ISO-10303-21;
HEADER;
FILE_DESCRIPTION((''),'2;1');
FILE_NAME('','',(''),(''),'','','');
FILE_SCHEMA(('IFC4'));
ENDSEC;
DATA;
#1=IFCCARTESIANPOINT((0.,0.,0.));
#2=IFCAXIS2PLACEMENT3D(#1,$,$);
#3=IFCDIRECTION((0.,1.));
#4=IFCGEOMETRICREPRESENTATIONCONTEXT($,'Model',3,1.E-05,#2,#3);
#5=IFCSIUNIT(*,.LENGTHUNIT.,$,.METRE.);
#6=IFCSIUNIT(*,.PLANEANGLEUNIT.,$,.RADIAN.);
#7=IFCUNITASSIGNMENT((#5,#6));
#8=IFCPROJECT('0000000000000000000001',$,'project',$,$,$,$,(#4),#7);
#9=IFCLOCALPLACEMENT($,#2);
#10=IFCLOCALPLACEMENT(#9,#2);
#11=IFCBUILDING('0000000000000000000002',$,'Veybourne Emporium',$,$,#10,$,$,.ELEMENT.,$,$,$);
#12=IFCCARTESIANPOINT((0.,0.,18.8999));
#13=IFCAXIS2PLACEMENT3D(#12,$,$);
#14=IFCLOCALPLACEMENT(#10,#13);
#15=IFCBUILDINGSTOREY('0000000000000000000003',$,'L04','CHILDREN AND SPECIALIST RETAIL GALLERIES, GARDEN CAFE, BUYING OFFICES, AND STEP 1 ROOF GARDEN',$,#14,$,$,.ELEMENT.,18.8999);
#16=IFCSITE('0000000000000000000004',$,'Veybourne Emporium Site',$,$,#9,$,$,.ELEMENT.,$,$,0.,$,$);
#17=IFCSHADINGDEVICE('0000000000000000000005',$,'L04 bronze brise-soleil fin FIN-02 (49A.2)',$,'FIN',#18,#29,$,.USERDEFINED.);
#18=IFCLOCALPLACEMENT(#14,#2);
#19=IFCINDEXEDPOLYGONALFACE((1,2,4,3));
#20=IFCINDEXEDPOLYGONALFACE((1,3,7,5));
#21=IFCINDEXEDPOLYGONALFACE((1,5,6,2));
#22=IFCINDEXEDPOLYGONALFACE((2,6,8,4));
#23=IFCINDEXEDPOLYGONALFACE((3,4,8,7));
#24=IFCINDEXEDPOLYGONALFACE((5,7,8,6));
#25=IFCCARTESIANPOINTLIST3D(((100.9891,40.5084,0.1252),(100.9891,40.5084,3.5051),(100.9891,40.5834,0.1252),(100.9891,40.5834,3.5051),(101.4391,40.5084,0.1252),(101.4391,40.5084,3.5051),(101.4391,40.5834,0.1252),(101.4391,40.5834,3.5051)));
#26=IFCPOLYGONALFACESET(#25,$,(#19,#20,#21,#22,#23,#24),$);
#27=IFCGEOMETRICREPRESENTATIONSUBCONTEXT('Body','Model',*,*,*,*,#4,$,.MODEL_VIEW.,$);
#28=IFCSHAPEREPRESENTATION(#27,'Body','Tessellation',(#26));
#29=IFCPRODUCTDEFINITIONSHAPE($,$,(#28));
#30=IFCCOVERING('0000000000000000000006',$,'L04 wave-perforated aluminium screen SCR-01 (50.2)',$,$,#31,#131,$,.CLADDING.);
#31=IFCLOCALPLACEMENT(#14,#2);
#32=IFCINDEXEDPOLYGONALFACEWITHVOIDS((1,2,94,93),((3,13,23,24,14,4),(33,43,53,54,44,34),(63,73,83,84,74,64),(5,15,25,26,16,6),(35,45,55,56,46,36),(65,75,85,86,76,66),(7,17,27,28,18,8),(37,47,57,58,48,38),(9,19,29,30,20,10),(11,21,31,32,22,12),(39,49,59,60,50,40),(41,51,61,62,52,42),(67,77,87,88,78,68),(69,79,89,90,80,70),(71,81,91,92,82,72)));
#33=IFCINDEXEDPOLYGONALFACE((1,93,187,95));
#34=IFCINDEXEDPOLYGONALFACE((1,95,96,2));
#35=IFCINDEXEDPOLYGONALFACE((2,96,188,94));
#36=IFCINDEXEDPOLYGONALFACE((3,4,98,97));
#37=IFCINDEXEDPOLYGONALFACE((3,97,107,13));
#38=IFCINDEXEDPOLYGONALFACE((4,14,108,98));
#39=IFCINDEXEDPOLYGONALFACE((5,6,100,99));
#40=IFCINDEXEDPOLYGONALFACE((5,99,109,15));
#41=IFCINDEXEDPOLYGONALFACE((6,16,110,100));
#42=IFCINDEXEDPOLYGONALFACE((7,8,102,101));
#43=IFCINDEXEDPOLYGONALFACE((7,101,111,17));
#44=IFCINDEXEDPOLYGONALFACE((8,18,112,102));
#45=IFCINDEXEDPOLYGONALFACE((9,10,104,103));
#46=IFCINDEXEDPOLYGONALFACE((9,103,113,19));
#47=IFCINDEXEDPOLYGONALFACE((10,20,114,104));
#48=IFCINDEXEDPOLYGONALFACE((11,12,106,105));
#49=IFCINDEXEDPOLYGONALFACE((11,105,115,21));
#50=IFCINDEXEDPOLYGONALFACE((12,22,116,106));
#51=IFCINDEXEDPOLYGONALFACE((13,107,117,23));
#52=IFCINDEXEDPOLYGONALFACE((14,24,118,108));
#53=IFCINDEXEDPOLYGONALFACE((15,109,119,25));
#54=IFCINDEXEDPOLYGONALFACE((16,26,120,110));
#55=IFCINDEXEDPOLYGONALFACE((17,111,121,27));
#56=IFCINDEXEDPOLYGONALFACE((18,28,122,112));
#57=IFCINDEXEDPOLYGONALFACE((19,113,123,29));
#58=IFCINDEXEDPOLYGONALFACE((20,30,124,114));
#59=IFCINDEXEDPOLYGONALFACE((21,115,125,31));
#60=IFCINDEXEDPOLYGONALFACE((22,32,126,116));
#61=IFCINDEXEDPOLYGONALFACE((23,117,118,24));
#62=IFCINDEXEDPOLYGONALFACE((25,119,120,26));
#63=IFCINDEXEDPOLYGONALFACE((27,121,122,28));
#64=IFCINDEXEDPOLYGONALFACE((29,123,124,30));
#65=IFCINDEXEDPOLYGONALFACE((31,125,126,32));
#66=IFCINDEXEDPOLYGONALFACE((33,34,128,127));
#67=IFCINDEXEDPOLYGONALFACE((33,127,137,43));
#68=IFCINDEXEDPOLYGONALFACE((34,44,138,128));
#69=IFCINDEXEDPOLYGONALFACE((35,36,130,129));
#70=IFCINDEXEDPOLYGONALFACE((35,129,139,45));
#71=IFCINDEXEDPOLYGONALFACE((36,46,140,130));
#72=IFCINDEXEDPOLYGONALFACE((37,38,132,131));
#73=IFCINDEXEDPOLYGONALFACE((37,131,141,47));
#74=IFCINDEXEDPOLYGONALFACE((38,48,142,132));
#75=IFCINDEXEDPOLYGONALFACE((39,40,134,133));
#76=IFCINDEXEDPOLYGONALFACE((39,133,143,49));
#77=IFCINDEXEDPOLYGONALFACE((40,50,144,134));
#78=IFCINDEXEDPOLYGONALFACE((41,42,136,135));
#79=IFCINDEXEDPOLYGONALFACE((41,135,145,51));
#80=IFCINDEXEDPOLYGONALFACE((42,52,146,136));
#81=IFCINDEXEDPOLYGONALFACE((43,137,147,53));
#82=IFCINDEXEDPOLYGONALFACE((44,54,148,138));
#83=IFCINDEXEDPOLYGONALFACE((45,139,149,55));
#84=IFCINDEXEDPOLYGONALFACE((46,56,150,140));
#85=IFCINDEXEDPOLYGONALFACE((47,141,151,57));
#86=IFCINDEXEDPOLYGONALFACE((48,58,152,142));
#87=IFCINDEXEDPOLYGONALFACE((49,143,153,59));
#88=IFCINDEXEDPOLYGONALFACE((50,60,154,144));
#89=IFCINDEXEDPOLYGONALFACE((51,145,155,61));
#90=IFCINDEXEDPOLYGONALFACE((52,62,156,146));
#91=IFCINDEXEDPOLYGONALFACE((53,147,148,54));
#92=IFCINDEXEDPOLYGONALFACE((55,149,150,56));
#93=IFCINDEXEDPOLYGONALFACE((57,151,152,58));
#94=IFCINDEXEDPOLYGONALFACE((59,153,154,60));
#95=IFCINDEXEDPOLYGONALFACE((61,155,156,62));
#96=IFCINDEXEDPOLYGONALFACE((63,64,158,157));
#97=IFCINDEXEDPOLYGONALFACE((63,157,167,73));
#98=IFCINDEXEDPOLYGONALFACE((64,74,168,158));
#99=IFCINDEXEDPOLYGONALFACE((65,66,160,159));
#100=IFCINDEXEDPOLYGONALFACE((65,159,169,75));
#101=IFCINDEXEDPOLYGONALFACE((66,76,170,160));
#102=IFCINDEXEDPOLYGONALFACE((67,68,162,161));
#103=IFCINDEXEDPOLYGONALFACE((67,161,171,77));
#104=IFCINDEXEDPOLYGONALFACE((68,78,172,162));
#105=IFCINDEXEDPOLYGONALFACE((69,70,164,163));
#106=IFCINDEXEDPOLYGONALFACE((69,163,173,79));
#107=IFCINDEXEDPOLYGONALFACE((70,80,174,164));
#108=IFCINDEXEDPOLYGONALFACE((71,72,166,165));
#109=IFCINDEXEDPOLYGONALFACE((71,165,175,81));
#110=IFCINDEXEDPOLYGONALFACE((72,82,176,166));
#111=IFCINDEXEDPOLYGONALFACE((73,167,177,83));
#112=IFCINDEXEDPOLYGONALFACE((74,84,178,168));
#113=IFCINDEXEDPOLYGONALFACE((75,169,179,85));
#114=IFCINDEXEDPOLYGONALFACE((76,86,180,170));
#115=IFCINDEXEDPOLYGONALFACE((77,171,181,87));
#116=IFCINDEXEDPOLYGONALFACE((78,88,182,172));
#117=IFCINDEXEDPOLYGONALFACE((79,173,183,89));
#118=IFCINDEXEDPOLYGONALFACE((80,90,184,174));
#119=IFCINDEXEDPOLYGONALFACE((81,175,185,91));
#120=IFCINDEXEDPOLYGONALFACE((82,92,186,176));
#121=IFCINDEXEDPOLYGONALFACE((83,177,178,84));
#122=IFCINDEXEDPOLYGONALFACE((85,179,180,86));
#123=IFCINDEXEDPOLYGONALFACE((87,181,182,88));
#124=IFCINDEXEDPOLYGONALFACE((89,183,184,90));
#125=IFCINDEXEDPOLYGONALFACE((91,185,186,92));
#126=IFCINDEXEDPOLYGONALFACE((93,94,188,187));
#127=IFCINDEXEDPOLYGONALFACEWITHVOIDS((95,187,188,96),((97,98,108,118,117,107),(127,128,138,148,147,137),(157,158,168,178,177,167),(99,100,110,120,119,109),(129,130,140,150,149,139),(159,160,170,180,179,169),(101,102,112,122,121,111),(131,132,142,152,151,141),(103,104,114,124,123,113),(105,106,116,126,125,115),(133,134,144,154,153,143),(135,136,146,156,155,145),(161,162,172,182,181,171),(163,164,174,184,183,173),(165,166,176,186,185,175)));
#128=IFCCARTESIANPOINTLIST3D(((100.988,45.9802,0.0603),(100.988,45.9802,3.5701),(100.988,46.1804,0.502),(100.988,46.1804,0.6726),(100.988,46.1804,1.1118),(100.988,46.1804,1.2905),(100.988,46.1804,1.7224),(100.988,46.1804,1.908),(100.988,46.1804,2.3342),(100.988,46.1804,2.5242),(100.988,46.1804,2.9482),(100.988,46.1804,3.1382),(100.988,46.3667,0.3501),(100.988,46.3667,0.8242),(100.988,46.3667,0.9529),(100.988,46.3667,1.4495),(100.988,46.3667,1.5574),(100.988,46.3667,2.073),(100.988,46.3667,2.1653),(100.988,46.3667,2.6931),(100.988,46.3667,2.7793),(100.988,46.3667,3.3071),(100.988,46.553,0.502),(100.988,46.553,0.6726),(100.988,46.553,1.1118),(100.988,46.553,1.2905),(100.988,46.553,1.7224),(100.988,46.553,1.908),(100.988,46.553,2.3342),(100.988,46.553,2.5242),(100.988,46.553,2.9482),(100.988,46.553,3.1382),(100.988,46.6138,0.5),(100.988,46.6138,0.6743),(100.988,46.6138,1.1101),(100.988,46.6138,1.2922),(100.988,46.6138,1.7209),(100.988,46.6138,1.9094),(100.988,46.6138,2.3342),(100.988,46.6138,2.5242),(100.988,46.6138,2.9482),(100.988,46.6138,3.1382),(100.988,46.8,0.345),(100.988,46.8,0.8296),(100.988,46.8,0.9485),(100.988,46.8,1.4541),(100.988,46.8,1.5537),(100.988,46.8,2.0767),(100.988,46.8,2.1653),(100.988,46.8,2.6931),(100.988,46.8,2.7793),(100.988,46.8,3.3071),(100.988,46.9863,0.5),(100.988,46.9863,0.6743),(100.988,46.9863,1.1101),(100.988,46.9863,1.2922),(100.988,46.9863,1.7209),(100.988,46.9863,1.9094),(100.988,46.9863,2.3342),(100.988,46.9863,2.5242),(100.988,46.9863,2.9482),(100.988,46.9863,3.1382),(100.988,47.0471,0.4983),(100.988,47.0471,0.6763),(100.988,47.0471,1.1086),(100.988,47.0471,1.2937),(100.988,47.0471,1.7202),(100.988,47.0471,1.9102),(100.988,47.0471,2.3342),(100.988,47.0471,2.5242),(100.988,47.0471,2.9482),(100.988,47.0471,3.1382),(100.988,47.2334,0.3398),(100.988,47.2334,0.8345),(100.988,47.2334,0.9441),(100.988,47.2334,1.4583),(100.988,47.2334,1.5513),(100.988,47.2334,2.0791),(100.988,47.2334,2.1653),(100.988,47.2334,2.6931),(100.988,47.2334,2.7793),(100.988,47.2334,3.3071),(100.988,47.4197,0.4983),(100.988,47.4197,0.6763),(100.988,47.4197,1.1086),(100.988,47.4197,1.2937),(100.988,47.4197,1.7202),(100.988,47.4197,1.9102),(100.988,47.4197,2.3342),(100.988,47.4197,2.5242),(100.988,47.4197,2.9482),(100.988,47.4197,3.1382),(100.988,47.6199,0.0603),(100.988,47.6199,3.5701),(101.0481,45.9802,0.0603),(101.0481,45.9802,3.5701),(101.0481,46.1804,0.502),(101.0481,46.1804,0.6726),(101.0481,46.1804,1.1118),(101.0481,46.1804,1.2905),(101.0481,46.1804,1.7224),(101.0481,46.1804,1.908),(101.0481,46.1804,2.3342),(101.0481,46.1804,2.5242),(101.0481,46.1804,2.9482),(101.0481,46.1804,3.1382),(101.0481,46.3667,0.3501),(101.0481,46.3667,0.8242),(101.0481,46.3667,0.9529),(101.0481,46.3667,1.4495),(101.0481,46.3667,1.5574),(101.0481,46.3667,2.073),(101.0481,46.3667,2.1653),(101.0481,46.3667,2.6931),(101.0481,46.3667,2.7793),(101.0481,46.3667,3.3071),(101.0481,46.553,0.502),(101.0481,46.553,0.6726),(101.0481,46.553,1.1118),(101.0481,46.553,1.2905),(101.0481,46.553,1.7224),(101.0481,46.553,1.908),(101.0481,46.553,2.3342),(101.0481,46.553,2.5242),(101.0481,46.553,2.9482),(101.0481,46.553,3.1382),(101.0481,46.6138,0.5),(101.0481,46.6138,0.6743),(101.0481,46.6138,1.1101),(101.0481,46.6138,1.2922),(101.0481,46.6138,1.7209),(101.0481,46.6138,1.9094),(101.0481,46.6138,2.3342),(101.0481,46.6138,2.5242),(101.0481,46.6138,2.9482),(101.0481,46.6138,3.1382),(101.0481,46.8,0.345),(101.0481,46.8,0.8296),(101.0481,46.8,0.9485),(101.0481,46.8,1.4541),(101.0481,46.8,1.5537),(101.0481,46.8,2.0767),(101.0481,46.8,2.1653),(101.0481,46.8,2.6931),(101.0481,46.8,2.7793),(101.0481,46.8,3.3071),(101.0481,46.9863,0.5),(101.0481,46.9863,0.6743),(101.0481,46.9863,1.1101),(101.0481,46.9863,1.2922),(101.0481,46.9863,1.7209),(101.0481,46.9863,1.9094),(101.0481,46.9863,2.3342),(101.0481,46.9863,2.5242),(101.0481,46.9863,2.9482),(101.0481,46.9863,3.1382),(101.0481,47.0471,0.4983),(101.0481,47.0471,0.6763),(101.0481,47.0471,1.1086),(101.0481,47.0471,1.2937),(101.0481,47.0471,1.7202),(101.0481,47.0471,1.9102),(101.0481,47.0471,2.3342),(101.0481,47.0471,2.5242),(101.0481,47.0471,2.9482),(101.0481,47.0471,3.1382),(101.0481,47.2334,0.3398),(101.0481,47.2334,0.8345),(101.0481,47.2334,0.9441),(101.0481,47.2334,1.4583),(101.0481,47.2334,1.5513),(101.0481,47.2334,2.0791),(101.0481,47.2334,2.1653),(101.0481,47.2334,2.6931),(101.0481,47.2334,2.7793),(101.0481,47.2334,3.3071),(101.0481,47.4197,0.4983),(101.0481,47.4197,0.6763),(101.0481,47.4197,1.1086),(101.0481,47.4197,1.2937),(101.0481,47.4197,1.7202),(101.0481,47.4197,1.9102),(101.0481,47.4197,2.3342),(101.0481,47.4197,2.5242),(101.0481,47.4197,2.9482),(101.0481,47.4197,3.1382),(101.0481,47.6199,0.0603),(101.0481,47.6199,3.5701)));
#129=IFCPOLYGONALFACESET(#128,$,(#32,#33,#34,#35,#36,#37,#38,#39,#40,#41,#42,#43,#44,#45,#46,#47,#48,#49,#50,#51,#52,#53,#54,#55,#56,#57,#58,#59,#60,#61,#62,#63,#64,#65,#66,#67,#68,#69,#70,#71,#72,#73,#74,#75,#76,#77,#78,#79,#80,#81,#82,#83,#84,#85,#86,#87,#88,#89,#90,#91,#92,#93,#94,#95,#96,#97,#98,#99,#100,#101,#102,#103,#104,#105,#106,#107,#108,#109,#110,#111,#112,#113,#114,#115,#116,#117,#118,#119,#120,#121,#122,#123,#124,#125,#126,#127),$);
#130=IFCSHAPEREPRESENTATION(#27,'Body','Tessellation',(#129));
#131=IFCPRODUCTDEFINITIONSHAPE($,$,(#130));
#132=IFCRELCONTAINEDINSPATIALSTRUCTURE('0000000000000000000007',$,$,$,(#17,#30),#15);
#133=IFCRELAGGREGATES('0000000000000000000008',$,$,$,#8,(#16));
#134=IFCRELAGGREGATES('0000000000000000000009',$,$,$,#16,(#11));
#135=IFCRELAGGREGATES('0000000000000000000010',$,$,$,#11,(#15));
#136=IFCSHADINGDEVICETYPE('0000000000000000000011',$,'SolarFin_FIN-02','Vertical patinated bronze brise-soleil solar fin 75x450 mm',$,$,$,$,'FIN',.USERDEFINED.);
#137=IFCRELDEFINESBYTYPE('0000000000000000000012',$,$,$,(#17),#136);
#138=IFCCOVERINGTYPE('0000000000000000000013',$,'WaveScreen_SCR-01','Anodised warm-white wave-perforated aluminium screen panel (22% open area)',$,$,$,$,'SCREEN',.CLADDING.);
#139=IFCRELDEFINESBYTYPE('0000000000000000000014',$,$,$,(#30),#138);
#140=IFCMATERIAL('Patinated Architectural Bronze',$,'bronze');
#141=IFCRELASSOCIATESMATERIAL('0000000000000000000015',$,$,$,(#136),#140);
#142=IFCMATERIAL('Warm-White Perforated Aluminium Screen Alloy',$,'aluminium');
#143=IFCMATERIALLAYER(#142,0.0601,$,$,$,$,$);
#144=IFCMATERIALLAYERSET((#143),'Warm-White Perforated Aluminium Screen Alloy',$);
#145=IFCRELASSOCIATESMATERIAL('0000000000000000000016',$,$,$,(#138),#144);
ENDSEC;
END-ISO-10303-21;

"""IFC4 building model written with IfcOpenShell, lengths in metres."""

from ifc_helpers import new_model, si_unit, direction, frame, origin, origin_2d, place, context, subcontext, project, spatial, polyline, rectangle, outline, extrude, material, layer, layer_set, type_object, element, save


model = new_model("IFC4")

# Units and contexts
model_context = context("Model", 3, precision=1e-05, world=origin(), true_north=direction((0.0, 1.0)))
body_context = subcontext(model_context, "Body", "Model", "MODEL_VIEW")
ifc_project = project(units=[si_unit("LENGTHUNIT", "METRE"), si_unit("PLANEANGLEUNIT", "RADIAN")], contexts=[model_context])

# Site, building, storey
site_placement = place(None, origin())
site = spatial("IfcSite", under=ifc_project, at=site_placement, Name="Veybourne Emporium Site", CompositionType="ELEMENT", RefElevation=0.0)
building_placement = place(site_placement, origin())
building = spatial("IfcBuilding", under=site, at=building_placement, Name="Veybourne Emporium", CompositionType="ELEMENT")
storey_placement = place(building_placement, frame((0.0, 0.0, 18.8999)))
storey = spatial("IfcBuildingStorey", under=building, at=storey_placement, Name="L04", Description="CHILDREN AND SPECIALIST RETAIL GALLERIES, GARDEN CAFE, BUYING OFFICES, AND STEP 1 ROOF GARDEN", CompositionType="ELEMENT", Elevation=18.8999)

# Shared definitions
ifc_material_1 = material(Name="Patinated Architectural Bronze", Category="bronze")

# Shading device
shading_device_type = type_object("IfcShadingDeviceType", Name="SolarFin_FIN-02", Description="Vertical patinated bronze brise-soleil solar fin 75x450 mm", ElementType="FIN", PredefinedType="USERDEFINED", material=ifc_material_1)
for number, where, z_axis, x_axis, name in (
    (1, (101.2141, 40.5459, 0.1252), (0.0, 0.0, 1.0), (0.0, -1.0, 0.0), "L04 bronze brise-soleil fin FIN-02 (49A.2)"),
):
    element("IfcShadingDevice", number, at=place(storey_placement, frame(where, z_axis=z_axis, x_axis=x_axis)), inside=storey, type_object=shading_device_type, Name=name, ObjectType="FIN", PredefinedType="USERDEFINED", context=body_context, shape_type="SweptSolid", body=[
        extrude(rectangle(XDim=0.075, YDim=0.45, at=origin_2d()), origin(), (0.0, 0.0, 1.0), 3.3799),
    ])

# Covering
ifc_material_2 = material(Name="Warm-White Perforated Aluminium Screen Alloy", Category="aluminium")
ifc_layer_1 = layer(ifc_material_2, 0.0601)
ifc_layer_set_1 = layer_set([ifc_layer_1], Name="Warm-White Perforated Aluminium Screen Alloy")
covering_type_1 = type_object("IfcCoveringType", Name="WaveScreen_SCR-01", Description="Anodised warm-white wave-perforated aluminium screen panel (22% open area)", ElementType="SCREEN", PredefinedType="CLADDING", material=ifc_layer_set_1)
covering_1_placement = place(storey_placement, frame((101.0481, 46.8, 1.8152), z_axis=(-1.0, 0.0, 0.0), x_axis=(0.0, -1.0, 0.0)))
element("IfcCovering", 2, at=covering_1_placement, inside=storey, type_object=covering_type_1, Name="L04 wave-perforated aluminium screen SCR-01 (50.2)", PredefinedType="CLADDING", context=body_context, shape_type="SweptSolid", body=[
    extrude(outline(polyline([(-0.8198, -1.7549), (0.8198, -1.7549), (0.8198, 1.7549), (-0.8198, 1.7549), (-0.8198, -1.7549)]), holes=[polyline([(-0.4333, -0.9807), (-0.2471, -1.1389), (-0.2471, -1.3169), (-0.4333, -1.4753), (-0.6196, -1.3169), (-0.6196, -1.1389), (-0.4333, -0.9807)]), polyline([(-0.4333, -0.3569), (-0.2471, -0.5215), (-0.2471, -0.7065), (-0.4333, -0.8711), (-0.6196, -0.7065), (-0.6196, -0.5215), (-0.4333, -0.3569)]), polyline([(-0.4333, 0.2639), (-0.2471, 0.095), (-0.2471, -0.095), (-0.4333, -0.2639), (-0.6196, -0.095), (-0.6196, 0.095), (-0.4333, 0.2639)]), polyline([(-0.4333, 0.8779), (-0.2471, 0.709), (-0.2471, 0.519), (-0.4333, 0.3501), (-0.6196, 0.519), (-0.6196, 0.709), (-0.4333, 0.8779)]), polyline([(-0.4333, 1.4919), (-0.2471, 1.323), (-0.2471, 1.1331), (-0.4333, 0.9641), (-0.6196, 1.1331), (-0.6196, 1.323), (-0.4333, 1.4919)]), polyline([(0.0, -0.9856), (0.1863, -1.1409), (0.1863, -1.3152), (0.0, -1.4702), (-0.1863, -1.3152), (-0.1863, -1.1409), (0.0, -0.9856)]), polyline([(0.0, -0.3611), (0.1863, -0.5229), (0.1863, -0.7051), (0.0, -0.8667), (-0.1863, -0.7051), (-0.1863, -0.5229), (0.0, -0.3611)]), polyline([(0.0, 0.2615), (0.1863, 0.0942), (0.1863, -0.0942), (0.0, -0.2615), (-0.1863, -0.0942), (-0.1863, 0.0942), (0.0, 0.2615)]), polyline([(0.0, 0.8779), (0.1863, 0.709), (0.1863, 0.519), (0.0, 0.3501), (-0.1863, 0.519), (-0.1863, 0.709), (0.0, 0.8779)]), polyline([(0.0, 1.4919), (0.1863, 1.323), (0.1863, 1.1331), (0.0, 0.9641), (-0.1863, 1.1331), (-0.1863, 1.323), (0.0, 1.4919)]), polyline([(0.4333, -0.991), (0.6196, -1.1426), (0.6196, -1.3132), (0.4333, -1.4651), (0.2471, -1.3132), (0.2471, -1.1426), (0.4333, -0.991)]), polyline([(0.4333, -0.3657), (0.6196, -0.5247), (0.6196, -0.7034), (0.4333, -0.8623), (0.2471, -0.7034), (0.2471, -0.5247), (0.4333, -0.3657)]), polyline([(0.4333, 0.2578), (0.6196, 0.0928), (0.6196, -0.0928), (0.4333, -0.2578), (0.2471, -0.0928), (0.2471, 0.0928), (0.4333, 0.2578)]), polyline([(0.4333, 0.8779), (0.6196, 0.709), (0.6196, 0.519), (0.4333, 0.3501), (0.2471, 0.519), (0.2471, 0.709), (0.4333, 0.8779)]), polyline([(0.4333, 1.4919), (0.6196, 1.323), (0.6196, 1.1331), (0.4333, 0.9641), (0.2471, 1.1331), (0.2471, 1.323), (0.4333, 1.4919)])]), origin(), (0.0, 0.0, 1.0), 0.0601),
])

save(model, "model.ifc")
